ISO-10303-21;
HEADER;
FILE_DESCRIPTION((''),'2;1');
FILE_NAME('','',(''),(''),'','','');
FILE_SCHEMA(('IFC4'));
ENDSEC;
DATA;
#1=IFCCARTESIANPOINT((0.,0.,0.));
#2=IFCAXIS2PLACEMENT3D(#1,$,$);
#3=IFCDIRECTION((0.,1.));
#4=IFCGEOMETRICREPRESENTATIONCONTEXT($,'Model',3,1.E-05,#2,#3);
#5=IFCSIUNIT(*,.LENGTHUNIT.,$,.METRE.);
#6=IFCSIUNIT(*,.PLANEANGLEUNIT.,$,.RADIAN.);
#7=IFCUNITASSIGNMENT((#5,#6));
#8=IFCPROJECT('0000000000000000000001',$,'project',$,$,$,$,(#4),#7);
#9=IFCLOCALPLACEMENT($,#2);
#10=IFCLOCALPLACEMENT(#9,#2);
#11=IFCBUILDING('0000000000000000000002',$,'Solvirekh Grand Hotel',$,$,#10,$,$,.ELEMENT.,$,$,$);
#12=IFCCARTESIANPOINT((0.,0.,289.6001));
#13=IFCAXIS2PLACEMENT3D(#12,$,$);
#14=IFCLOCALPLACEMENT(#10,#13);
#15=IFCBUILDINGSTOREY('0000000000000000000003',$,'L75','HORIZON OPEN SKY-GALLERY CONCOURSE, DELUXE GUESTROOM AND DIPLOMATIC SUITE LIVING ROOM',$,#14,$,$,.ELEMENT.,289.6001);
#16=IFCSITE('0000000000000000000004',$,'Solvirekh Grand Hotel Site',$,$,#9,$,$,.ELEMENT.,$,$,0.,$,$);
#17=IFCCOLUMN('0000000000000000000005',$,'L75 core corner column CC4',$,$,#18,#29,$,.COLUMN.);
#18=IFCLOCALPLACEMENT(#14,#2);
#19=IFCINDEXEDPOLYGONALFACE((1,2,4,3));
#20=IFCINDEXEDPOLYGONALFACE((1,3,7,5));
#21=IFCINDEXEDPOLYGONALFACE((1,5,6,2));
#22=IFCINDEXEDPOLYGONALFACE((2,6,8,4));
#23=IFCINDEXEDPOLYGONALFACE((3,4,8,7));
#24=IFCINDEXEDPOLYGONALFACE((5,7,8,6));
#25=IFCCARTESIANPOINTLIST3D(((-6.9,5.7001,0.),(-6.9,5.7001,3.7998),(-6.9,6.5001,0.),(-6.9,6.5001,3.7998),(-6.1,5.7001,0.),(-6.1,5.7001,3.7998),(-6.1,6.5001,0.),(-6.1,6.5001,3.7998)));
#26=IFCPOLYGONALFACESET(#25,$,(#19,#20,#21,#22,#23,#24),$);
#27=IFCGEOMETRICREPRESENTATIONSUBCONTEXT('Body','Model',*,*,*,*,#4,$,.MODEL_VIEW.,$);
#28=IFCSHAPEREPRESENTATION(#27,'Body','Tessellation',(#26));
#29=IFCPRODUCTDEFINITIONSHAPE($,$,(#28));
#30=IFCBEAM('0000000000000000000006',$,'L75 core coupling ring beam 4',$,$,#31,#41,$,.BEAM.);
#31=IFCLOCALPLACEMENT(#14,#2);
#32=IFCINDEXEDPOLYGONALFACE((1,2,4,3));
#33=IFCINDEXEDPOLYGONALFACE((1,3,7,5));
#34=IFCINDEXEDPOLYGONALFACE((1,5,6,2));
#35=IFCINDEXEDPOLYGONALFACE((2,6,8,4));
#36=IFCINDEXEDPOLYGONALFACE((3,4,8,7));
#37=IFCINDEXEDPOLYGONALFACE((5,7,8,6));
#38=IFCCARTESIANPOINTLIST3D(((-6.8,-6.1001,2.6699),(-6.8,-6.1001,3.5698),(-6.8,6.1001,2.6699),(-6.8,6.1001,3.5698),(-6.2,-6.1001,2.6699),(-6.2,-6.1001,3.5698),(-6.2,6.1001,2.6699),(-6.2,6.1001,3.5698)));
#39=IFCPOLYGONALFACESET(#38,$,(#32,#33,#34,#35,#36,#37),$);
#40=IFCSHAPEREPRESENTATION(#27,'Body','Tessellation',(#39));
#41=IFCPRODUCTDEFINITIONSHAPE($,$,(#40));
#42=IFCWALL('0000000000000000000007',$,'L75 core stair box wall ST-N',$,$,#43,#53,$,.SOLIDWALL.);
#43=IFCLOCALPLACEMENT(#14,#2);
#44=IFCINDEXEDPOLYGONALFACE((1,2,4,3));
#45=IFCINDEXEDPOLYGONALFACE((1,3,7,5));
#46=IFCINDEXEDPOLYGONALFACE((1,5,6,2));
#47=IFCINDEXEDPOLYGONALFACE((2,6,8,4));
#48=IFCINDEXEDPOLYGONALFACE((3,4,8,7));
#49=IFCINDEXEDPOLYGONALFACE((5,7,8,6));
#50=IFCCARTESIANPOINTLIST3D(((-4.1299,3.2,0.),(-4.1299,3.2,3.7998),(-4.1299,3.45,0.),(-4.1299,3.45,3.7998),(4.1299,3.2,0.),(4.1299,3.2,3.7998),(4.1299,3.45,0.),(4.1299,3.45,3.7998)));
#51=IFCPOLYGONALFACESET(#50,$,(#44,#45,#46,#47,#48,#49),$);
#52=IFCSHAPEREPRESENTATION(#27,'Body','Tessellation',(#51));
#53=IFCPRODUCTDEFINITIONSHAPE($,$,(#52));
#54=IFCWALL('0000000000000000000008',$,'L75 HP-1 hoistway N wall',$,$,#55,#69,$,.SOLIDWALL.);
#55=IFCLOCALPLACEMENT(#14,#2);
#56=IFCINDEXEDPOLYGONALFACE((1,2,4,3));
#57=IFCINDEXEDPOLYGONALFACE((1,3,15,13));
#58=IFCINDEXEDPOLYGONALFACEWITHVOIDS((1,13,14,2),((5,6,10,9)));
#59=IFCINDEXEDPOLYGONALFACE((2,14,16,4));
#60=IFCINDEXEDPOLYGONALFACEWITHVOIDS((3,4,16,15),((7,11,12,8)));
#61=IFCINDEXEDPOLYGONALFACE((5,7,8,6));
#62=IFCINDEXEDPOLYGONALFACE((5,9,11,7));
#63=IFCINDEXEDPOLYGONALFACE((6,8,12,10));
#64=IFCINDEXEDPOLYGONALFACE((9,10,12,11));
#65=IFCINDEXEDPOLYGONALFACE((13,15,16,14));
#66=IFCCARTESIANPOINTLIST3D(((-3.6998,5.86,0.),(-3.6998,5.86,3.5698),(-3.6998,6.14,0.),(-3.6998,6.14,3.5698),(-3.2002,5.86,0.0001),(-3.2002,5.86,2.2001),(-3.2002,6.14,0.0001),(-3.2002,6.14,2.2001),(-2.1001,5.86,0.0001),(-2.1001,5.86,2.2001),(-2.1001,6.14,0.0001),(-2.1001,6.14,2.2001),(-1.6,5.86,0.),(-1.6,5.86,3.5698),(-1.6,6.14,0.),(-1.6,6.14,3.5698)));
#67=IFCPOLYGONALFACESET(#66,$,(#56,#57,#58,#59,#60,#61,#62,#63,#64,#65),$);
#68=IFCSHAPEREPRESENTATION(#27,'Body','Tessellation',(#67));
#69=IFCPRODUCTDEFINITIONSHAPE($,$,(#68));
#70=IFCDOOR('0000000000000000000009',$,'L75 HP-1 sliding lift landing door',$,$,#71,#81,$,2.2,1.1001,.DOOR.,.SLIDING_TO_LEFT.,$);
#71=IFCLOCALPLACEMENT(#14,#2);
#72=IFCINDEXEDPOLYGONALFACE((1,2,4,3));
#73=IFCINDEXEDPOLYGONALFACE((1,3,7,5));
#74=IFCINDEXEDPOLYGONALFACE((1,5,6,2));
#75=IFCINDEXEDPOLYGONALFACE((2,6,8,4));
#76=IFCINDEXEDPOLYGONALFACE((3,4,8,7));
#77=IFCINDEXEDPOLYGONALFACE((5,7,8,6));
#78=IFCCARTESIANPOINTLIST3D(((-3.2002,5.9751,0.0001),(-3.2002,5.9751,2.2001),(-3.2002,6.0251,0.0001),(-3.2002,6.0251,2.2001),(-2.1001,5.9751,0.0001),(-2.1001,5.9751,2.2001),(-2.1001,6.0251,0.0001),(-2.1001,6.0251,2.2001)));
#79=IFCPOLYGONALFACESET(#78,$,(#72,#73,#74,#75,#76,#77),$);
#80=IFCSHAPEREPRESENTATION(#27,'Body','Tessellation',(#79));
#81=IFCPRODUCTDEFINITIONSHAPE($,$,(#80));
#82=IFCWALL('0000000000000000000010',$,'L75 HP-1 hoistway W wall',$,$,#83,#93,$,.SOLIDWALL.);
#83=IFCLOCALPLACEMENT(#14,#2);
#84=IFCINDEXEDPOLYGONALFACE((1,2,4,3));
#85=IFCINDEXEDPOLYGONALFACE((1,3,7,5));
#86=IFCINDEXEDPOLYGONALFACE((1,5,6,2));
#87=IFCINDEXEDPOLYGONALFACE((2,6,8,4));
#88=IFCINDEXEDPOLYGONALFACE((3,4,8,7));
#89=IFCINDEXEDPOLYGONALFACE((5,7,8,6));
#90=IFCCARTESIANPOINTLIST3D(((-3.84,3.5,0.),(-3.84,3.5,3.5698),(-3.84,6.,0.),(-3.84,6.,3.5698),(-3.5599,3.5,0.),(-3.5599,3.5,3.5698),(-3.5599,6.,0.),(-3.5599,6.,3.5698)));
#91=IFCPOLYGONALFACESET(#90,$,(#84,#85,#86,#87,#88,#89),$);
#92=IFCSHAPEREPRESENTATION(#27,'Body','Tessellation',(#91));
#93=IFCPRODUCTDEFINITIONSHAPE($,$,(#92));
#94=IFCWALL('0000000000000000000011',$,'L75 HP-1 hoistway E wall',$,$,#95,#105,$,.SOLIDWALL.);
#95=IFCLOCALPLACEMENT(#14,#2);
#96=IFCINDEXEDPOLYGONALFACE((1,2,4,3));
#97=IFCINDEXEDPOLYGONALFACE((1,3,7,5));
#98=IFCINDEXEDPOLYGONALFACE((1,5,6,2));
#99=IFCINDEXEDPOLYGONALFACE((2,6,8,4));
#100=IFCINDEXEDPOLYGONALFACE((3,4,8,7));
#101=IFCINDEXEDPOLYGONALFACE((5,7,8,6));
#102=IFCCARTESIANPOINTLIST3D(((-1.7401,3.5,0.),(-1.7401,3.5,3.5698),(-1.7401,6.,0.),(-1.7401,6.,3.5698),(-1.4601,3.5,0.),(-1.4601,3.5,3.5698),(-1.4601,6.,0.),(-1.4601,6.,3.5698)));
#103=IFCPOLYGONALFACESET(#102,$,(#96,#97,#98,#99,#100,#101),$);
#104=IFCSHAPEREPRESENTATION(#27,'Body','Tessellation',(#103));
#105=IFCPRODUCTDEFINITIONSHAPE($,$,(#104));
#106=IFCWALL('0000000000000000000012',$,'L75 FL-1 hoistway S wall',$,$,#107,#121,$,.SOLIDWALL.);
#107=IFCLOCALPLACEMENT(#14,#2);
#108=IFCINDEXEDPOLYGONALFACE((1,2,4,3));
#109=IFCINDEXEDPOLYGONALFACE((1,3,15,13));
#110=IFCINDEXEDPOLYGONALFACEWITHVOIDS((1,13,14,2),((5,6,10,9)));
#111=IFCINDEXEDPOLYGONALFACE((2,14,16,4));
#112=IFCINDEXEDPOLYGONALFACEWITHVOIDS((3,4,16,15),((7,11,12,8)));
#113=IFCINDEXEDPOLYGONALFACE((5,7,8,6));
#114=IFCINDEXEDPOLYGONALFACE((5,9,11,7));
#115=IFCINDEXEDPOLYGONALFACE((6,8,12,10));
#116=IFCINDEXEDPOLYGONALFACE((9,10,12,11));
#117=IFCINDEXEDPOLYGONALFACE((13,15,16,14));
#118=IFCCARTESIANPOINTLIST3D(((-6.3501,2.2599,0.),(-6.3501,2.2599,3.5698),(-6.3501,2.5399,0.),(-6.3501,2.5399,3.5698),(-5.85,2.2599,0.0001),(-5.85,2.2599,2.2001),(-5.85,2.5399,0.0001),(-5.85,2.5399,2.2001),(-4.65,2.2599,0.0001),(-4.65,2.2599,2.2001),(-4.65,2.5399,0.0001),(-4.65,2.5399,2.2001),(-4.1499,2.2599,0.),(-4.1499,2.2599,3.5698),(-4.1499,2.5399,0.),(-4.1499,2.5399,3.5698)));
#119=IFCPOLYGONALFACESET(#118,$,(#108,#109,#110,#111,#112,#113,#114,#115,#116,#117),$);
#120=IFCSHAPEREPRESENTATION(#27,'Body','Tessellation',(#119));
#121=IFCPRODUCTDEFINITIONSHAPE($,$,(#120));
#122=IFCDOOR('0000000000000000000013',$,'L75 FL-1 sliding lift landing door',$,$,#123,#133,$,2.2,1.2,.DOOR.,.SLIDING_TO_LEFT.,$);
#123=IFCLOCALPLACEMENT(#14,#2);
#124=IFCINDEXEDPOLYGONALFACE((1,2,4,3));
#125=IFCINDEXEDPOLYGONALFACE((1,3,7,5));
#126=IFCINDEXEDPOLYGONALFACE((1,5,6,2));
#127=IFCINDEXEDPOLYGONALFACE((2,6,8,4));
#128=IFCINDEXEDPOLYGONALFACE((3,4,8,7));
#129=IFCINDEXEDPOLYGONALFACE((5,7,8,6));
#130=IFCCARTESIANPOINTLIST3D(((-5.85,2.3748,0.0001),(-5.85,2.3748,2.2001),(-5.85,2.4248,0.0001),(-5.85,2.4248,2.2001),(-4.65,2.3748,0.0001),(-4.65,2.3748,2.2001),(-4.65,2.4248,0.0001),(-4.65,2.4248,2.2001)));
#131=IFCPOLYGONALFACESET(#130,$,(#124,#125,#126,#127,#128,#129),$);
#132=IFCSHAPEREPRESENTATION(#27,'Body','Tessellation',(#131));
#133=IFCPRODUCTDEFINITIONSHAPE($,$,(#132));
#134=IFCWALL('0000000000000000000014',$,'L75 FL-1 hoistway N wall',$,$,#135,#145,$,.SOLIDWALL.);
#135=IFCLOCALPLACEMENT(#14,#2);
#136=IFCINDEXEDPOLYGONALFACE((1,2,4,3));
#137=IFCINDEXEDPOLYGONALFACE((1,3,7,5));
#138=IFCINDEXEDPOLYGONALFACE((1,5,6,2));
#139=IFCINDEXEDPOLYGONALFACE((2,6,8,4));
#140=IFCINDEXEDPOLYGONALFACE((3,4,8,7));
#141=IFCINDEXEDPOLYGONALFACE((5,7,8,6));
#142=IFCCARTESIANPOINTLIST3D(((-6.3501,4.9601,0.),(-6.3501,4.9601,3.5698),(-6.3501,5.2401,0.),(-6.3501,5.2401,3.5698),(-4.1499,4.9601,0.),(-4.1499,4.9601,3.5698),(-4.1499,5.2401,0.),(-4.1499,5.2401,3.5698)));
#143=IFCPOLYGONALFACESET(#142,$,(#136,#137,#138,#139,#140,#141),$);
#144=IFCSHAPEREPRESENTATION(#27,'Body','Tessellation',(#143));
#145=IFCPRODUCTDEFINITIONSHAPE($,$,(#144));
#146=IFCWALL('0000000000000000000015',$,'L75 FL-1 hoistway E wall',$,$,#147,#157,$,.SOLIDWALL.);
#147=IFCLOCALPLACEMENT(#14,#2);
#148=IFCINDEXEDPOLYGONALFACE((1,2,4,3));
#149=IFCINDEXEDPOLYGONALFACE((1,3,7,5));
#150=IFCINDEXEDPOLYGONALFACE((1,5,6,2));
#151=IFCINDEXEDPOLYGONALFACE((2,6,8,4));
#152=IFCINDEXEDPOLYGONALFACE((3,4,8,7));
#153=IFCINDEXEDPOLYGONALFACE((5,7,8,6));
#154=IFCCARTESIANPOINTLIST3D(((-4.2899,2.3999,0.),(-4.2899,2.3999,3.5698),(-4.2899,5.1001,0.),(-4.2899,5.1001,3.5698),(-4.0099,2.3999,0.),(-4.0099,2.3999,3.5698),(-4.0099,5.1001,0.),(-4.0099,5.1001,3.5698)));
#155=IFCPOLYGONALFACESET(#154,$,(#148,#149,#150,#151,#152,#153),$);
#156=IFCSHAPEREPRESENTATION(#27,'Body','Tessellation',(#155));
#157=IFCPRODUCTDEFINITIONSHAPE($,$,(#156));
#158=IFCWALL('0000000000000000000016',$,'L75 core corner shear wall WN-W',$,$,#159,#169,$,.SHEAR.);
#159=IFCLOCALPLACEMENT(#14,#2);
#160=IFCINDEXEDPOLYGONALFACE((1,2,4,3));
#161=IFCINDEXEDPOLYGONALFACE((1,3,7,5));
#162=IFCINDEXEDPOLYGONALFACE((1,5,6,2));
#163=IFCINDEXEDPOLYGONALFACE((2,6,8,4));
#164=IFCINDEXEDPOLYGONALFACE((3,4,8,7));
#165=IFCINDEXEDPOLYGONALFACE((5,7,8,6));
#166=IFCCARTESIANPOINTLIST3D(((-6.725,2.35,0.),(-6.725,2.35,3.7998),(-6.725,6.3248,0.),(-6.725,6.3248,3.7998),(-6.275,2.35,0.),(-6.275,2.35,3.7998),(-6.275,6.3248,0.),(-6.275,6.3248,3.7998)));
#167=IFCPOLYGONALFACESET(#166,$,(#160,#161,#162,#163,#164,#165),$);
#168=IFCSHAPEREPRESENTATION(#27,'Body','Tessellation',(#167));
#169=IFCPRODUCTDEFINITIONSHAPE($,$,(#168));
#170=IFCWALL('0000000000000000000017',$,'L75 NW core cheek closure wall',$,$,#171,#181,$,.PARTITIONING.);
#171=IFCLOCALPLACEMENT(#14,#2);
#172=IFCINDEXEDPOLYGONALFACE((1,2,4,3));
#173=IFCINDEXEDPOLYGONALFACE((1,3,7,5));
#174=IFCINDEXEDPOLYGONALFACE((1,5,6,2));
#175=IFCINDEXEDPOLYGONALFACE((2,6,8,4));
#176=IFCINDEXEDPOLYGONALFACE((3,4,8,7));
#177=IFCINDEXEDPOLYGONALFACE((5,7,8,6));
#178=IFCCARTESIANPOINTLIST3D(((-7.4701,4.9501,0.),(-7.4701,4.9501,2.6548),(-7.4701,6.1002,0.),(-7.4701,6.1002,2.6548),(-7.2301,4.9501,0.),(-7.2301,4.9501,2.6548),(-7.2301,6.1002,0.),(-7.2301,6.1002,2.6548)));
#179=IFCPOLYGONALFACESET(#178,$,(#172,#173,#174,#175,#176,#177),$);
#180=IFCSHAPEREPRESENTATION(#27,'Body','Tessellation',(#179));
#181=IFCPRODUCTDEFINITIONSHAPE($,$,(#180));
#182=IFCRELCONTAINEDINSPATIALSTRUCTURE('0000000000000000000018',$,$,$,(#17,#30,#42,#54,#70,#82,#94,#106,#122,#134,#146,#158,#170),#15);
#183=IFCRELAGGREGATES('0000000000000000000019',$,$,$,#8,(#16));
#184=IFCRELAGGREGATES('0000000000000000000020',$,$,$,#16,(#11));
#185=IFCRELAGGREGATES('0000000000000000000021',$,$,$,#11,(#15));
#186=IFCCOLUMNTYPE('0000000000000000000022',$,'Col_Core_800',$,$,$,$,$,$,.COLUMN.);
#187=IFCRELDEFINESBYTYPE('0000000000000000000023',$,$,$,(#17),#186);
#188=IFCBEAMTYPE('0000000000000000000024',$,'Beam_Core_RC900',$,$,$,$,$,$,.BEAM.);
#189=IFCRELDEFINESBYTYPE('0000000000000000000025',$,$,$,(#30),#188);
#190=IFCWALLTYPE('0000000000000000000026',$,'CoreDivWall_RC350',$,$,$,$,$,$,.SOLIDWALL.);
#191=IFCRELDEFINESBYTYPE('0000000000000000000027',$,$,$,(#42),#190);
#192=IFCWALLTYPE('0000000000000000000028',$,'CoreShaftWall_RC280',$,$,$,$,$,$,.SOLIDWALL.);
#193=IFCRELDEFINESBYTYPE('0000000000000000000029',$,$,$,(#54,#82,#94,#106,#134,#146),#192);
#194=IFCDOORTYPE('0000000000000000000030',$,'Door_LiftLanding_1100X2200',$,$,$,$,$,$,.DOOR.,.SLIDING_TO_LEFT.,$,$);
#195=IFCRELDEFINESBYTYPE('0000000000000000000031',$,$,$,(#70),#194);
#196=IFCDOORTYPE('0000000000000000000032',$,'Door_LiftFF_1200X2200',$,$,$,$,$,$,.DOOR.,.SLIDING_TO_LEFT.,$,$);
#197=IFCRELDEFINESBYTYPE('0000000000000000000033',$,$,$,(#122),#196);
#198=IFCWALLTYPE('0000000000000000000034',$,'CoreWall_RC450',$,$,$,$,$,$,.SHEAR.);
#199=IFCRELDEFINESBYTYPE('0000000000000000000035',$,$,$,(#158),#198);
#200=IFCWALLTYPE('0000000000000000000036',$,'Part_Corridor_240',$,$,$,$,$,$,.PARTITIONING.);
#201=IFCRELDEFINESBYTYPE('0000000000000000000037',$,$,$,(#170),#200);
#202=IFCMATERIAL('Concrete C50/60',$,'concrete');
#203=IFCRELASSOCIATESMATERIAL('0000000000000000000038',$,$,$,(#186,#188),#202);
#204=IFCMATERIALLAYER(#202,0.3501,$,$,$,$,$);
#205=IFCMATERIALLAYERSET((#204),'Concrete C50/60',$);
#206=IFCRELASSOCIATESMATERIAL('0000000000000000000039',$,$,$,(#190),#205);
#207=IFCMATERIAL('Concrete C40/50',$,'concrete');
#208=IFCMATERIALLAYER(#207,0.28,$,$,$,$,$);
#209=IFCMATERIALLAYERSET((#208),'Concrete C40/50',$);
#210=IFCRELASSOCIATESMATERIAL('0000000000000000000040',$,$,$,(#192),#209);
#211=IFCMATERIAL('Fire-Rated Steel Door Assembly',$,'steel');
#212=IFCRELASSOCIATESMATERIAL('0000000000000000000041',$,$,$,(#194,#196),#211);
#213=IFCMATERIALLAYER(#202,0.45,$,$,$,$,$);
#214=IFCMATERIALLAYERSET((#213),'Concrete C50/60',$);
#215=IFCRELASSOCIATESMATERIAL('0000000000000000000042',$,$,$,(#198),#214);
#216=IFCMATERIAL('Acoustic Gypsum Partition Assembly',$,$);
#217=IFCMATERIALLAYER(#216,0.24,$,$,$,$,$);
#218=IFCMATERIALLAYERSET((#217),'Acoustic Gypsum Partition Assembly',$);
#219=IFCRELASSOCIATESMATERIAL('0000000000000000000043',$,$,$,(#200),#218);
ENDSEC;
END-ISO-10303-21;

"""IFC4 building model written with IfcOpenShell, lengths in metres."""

from ifc_helpers import new_model, si_unit, direction, frame, frame_2d, origin, origin_2d, place, context, subcontext, project, spatial, rectangle, extrude, material, layer, layer_set, material_profile, profile_set, type_object, element, fill, save


model = new_model("IFC4")

# Units and contexts
model_context = context("Model", 3, precision=1e-05, world=origin(), true_north=direction((0.0, 1.0)))
body_context = subcontext(model_context, "Body", "Model", "MODEL_VIEW")
ifc_project = project(units=[si_unit("LENGTHUNIT", "METRE"), si_unit("PLANEANGLEUNIT", "RADIAN")], contexts=[model_context])

# Site, building, storey
site_placement = place(None, origin())
site = spatial("IfcSite", under=ifc_project, at=site_placement, Name="Solvirekh Grand Hotel Site", CompositionType="ELEMENT", RefElevation=0.0)
building_placement = place(site_placement, origin())
building = spatial("IfcBuilding", under=site, at=building_placement, Name="Solvirekh Grand Hotel", CompositionType="ELEMENT")
storey_placement = place(building_placement, frame((0.0, 0.0, 289.6001)))
storey = spatial("IfcBuildingStorey", under=building, at=storey_placement, Name="L75", Description="HORIZON OPEN SKY-GALLERY CONCOURSE, DELUXE GUESTROOM AND DIPLOMATIC SUITE LIVING ROOM", CompositionType="ELEMENT", Elevation=289.6001)

# Column
ifc_material_1 = material(Name="Concrete C50/60", Category="concrete")
ifc_material_profile_1 = material_profile(ifc_material_1, rectangle(XDim=0.8, YDim=0.8, at=origin_2d()), Name="RC 800X800")
ifc_profile_set_1 = profile_set([ifc_material_profile_1], Name="Concrete C50/60")
column_type = type_object("IfcColumnType", Name="Col_Core_800", PredefinedType="COLUMN", material=ifc_profile_set_1)
column_placement = place(storey_placement, frame((-6.5, 6.1001, 0.0), z_axis=(0.0, 0.0, 1.0), x_axis=(1.0, 0.0, 0.0)))
element("IfcColumn", 1, at=column_placement, inside=storey, type_object=column_type, Name="L75 core corner column CC4", PredefinedType="COLUMN", context=body_context, shape_type="SweptSolid", body=[
    extrude(rectangle(XDim=0.8, YDim=0.8, at=origin_2d()), origin(), (0.0, 0.0, 1.0), 3.7998),
])

# Beam
ifc_material_profile_2 = material_profile(ifc_material_1, rectangle(XDim=0.6001, YDim=0.8999, at=origin_2d()), Name="RC BEAM 600X900")
ifc_profile_set_2 = profile_set([ifc_material_profile_2], Name="Concrete C50/60")
beam_type = type_object("IfcBeamType", Name="Beam_Core_RC900", PredefinedType="BEAM", material=ifc_profile_set_2)
beam_placement = place(storey_placement, frame((-6.5, 6.1001, 3.1199), z_axis=(0.0, -1.0, 0.0), x_axis=(1.0, 0.0, 0.0)))
element("IfcBeam", 2, at=beam_placement, inside=storey, type_object=beam_type, Name="L75 core coupling ring beam 4", PredefinedType="BEAM", context=body_context, shape_type="SweptSolid", body=[
    extrude(rectangle(XDim=0.6001, YDim=0.8999, at=origin_2d()), origin(), (0.0, 0.0, 1.0), 12.2002),
])

# Wall
ifc_layer_1 = layer(ifc_material_1, 0.3501)
ifc_layer_set_1 = layer_set([ifc_layer_1], Name="Concrete C50/60")
wall_type_1 = type_object("IfcWallType", Name="CoreDivWall_RC350", PredefinedType="SOLIDWALL", material=ifc_layer_set_1)
wall_1_placement = place(storey_placement, frame((-4.1299, 3.325, 0.0), z_axis=(0.0, 0.0, 1.0), x_axis=(1.0, 0.0, 0.0)))
element("IfcWall", 3, at=wall_1_placement, inside=storey, type_object=wall_type_1, Name="L75 core stair box wall ST-N", PredefinedType="SOLIDWALL", context=body_context, shape_type="SweptSolid", body=[
    extrude(rectangle(XDim=8.2598, YDim=0.25, at=frame_2d((4.1299, 0.0))), origin(), (0.0, 0.0, 1.0), 3.7998),
])

# Wall, opening, door
ifc_material_2 = material(Name="Concrete C40/50", Category="concrete")
ifc_layer_2 = layer(ifc_material_2, 0.28)
ifc_layer_set_2 = layer_set([ifc_layer_2], Name="Concrete C40/50")
wall_type_2 = type_object("IfcWallType", Name="CoreShaftWall_RC280", PredefinedType="SOLIDWALL", material=ifc_layer_set_2)
wall_2_placement = place(storey_placement, frame((-1.6001, 6.0, 0.0), z_axis=(0.0, 0.0, 1.0), x_axis=(-1.0, 0.0, 0.0)))
wall_2 = element("IfcWall", 4, at=wall_2_placement, inside=storey, type_object=wall_type_2, Name="L75 HP-1 hoistway N wall", PredefinedType="SOLIDWALL", context=body_context, shape_type="SweptSolid", body=[
    extrude(rectangle(XDim=2.0999, YDim=0.28, at=frame_2d((1.0498, 0.0))), origin(), (0.0, 0.0, 1.0), 3.5698),
])
opening_1_placement = place(wall_2_placement, frame((0.5, 0.0, 0.0)))
opening_1 = element("IfcOpeningElement", 5, at=opening_1_placement, cuts=wall_2, PredefinedType="OPENING", context=body_context, shape_type="SweptSolid", body=[
    extrude(rectangle(XDim=1.1001, YDim=2.2, at=frame_2d((0.55, 1.1001))), frame((0.0, 0.1499, 0.0), z_axis=(0.0, -1.0, 0.0), x_axis=(1.0, 0.0, 0.0)), (0.0, 0.0, 1.0), 0.3),
])
ifc_material_3 = material(Name="Fire-Rated Steel Door Assembly", Category="steel")
door_type_1 = type_object("IfcDoorType", Name="Door_LiftLanding_1100X2200", OperationType="SLIDING_TO_LEFT", PredefinedType="DOOR", material=ifc_material_3)
door_1_placement = place(opening_1_placement, origin())
door_1 = element("IfcDoor", 6, at=door_1_placement, inside=storey, type_object=door_type_1, Name="L75 HP-1 sliding lift landing door", OperationType="SLIDING_TO_LEFT", OverallHeight=2.2, OverallWidth=1.1001, PredefinedType="DOOR", context=body_context, shape_type="SweptSolid", body=[
    extrude(rectangle(XDim=1.1001, YDim=2.2, at=frame_2d((0.55, 1.1001))), frame((0.0, 0.0249, 0.0), z_axis=(0.0, -1.0, 0.0), x_axis=(1.0, 0.0, 0.0)), (0.0, 0.0, 1.0), 0.05),
])
fill(opening_1, door_1)

# Walls
for number, where, z_axis, x_axis, name in (
    (7, (-3.7, 6.0, 0.0), (0.0, 0.0, 1.0), (0.0, -1.0, 0.0), "L75 HP-1 hoistway W wall"),
    (8, (-1.6001, 3.5, 0.0), (0.0, 0.0, 1.0), (0.0, 1.0, 0.0), "L75 HP-1 hoistway E wall"),
):
    element("IfcWall", number, at=place(storey_placement, frame(where, z_axis=z_axis, x_axis=x_axis)), inside=storey, type_object=wall_type_2, Name=name, PredefinedType="SOLIDWALL", context=body_context, shape_type="SweptSolid", body=[
        extrude(rectangle(XDim=2.5, YDim=0.28, at=frame_2d((1.25, 0.0))), origin(), (0.0, 0.0, 1.0), 3.5698),
    ])

# Wall, opening, door
wall_3_placement = place(storey_placement, frame((-6.3501, 2.3999, 0.0), z_axis=(0.0, 0.0, 1.0), x_axis=(1.0, 0.0, 0.0)))
wall_3 = element("IfcWall", 9, at=wall_3_placement, inside=storey, type_object=wall_type_2, Name="L75 FL-1 hoistway S wall", PredefinedType="SOLIDWALL", context=body_context, shape_type="SweptSolid", body=[
    extrude(rectangle(XDim=2.2002, YDim=0.28, at=frame_2d((1.1001, 0.0))), origin(), (0.0, 0.0, 1.0), 3.5698),
])
opening_2_placement = place(wall_3_placement, frame((0.5, 0.0, 0.0)))
opening_2 = element("IfcOpeningElement", 10, at=opening_2_placement, cuts=wall_3, PredefinedType="OPENING", context=body_context, shape_type="SweptSolid", body=[
    extrude(rectangle(XDim=1.2, YDim=2.2, at=frame_2d((0.6001, 1.1001))), frame((0.0, 0.1499, 0.0), z_axis=(0.0, -1.0, 0.0), x_axis=(1.0, 0.0, 0.0)), (0.0, 0.0, 1.0), 0.3),
])
door_type_2 = type_object("IfcDoorType", Name="Door_LiftFF_1200X2200", OperationType="SLIDING_TO_LEFT", PredefinedType="DOOR", material=ifc_material_3)
door_2_placement = place(opening_2_placement, origin())
door_2 = element("IfcDoor", 11, at=door_2_placement, inside=storey, type_object=door_type_2, Name="L75 FL-1 sliding lift landing door", OperationType="SLIDING_TO_LEFT", OverallHeight=2.2, OverallWidth=1.2, PredefinedType="DOOR", context=body_context, shape_type="SweptSolid", body=[
    extrude(rectangle(XDim=1.2, YDim=2.2, at=frame_2d((0.6001, 1.1001))), frame((0.0, 0.0249, 0.0), z_axis=(0.0, -1.0, 0.0), x_axis=(1.0, 0.0, 0.0)), (0.0, 0.0, 1.0), 0.05),
])
fill(opening_2, door_2)

# Walls
wall_4_placement = place(storey_placement, frame((-4.1499, 5.1001, 0.0), z_axis=(0.0, 0.0, 1.0), x_axis=(-1.0, 0.0, 0.0)))
element("IfcWall", 12, at=wall_4_placement, inside=storey, type_object=wall_type_2, Name="L75 FL-1 hoistway N wall", PredefinedType="SOLIDWALL", context=body_context, shape_type="SweptSolid", body=[
    extrude(rectangle(XDim=2.2002, YDim=0.28, at=frame_2d((1.1001, 0.0))), origin(), (0.0, 0.0, 1.0), 3.5698),
])
wall_5_placement = place(storey_placement, frame((-4.1499, 2.3999, 0.0), z_axis=(0.0, 0.0, 1.0), x_axis=(0.0, 1.0, 0.0)))
element("IfcWall", 13, at=wall_5_placement, inside=storey, type_object=wall_type_2, Name="L75 FL-1 hoistway E wall", PredefinedType="SOLIDWALL", context=body_context, shape_type="SweptSolid", body=[
    extrude(rectangle(XDim=2.7002, YDim=0.28, at=frame_2d((1.3501, 0.0))), origin(), (0.0, 0.0, 1.0), 3.5698),
])
ifc_layer_3 = layer(ifc_material_1, 0.45)
ifc_layer_set_3 = layer_set([ifc_layer_3], Name="Concrete C50/60")
wall_type_3 = type_object("IfcWallType", Name="CoreWall_RC450", PredefinedType="SHEAR", material=ifc_layer_set_3)
wall_6_placement = place(storey_placement, frame((-6.5, 2.3501, 0.0), z_axis=(0.0, 0.0, 1.0), x_axis=(0.0, 1.0, 0.0)))
element("IfcWall", 14, at=wall_6_placement, inside=storey, type_object=wall_type_3, Name="L75 core corner shear wall WN-W", PredefinedType="SHEAR", context=body_context, shape_type="SweptSolid", body=[
    extrude(rectangle(XDim=3.9749, YDim=0.45, at=frame_2d((1.9873, 0.0))), origin(), (0.0, 0.0, 1.0), 3.7998),
])
ifc_material_4 = material(Name="Acoustic Gypsum Partition Assembly")
ifc_layer_4 = layer(ifc_material_4, 0.24)
ifc_layer_set_4 = layer_set([ifc_layer_4], Name="Acoustic Gypsum Partition Assembly")
wall_type_4 = type_object("IfcWallType", Name="Part_Corridor_240", PredefinedType="PARTITIONING", material=ifc_layer_set_4)
wall_7_placement = place(storey_placement, frame((-7.3501, 4.95, 0.0), z_axis=(0.0, 0.0, 1.0), x_axis=(0.0, 1.0, 0.0)))
element("IfcWall", 15, at=wall_7_placement, inside=storey, type_object=wall_type_4, Name="L75 NW core cheek closure wall", PredefinedType="PARTITIONING", context=body_context, shape_type="SweptSolid", body=[
    extrude(rectangle(XDim=1.1501, YDim=0.24, at=frame_2d((0.5752, 0.0))), origin(), (0.0, 0.0, 1.0), 2.6548),
])

save(model, "model.ifc")
